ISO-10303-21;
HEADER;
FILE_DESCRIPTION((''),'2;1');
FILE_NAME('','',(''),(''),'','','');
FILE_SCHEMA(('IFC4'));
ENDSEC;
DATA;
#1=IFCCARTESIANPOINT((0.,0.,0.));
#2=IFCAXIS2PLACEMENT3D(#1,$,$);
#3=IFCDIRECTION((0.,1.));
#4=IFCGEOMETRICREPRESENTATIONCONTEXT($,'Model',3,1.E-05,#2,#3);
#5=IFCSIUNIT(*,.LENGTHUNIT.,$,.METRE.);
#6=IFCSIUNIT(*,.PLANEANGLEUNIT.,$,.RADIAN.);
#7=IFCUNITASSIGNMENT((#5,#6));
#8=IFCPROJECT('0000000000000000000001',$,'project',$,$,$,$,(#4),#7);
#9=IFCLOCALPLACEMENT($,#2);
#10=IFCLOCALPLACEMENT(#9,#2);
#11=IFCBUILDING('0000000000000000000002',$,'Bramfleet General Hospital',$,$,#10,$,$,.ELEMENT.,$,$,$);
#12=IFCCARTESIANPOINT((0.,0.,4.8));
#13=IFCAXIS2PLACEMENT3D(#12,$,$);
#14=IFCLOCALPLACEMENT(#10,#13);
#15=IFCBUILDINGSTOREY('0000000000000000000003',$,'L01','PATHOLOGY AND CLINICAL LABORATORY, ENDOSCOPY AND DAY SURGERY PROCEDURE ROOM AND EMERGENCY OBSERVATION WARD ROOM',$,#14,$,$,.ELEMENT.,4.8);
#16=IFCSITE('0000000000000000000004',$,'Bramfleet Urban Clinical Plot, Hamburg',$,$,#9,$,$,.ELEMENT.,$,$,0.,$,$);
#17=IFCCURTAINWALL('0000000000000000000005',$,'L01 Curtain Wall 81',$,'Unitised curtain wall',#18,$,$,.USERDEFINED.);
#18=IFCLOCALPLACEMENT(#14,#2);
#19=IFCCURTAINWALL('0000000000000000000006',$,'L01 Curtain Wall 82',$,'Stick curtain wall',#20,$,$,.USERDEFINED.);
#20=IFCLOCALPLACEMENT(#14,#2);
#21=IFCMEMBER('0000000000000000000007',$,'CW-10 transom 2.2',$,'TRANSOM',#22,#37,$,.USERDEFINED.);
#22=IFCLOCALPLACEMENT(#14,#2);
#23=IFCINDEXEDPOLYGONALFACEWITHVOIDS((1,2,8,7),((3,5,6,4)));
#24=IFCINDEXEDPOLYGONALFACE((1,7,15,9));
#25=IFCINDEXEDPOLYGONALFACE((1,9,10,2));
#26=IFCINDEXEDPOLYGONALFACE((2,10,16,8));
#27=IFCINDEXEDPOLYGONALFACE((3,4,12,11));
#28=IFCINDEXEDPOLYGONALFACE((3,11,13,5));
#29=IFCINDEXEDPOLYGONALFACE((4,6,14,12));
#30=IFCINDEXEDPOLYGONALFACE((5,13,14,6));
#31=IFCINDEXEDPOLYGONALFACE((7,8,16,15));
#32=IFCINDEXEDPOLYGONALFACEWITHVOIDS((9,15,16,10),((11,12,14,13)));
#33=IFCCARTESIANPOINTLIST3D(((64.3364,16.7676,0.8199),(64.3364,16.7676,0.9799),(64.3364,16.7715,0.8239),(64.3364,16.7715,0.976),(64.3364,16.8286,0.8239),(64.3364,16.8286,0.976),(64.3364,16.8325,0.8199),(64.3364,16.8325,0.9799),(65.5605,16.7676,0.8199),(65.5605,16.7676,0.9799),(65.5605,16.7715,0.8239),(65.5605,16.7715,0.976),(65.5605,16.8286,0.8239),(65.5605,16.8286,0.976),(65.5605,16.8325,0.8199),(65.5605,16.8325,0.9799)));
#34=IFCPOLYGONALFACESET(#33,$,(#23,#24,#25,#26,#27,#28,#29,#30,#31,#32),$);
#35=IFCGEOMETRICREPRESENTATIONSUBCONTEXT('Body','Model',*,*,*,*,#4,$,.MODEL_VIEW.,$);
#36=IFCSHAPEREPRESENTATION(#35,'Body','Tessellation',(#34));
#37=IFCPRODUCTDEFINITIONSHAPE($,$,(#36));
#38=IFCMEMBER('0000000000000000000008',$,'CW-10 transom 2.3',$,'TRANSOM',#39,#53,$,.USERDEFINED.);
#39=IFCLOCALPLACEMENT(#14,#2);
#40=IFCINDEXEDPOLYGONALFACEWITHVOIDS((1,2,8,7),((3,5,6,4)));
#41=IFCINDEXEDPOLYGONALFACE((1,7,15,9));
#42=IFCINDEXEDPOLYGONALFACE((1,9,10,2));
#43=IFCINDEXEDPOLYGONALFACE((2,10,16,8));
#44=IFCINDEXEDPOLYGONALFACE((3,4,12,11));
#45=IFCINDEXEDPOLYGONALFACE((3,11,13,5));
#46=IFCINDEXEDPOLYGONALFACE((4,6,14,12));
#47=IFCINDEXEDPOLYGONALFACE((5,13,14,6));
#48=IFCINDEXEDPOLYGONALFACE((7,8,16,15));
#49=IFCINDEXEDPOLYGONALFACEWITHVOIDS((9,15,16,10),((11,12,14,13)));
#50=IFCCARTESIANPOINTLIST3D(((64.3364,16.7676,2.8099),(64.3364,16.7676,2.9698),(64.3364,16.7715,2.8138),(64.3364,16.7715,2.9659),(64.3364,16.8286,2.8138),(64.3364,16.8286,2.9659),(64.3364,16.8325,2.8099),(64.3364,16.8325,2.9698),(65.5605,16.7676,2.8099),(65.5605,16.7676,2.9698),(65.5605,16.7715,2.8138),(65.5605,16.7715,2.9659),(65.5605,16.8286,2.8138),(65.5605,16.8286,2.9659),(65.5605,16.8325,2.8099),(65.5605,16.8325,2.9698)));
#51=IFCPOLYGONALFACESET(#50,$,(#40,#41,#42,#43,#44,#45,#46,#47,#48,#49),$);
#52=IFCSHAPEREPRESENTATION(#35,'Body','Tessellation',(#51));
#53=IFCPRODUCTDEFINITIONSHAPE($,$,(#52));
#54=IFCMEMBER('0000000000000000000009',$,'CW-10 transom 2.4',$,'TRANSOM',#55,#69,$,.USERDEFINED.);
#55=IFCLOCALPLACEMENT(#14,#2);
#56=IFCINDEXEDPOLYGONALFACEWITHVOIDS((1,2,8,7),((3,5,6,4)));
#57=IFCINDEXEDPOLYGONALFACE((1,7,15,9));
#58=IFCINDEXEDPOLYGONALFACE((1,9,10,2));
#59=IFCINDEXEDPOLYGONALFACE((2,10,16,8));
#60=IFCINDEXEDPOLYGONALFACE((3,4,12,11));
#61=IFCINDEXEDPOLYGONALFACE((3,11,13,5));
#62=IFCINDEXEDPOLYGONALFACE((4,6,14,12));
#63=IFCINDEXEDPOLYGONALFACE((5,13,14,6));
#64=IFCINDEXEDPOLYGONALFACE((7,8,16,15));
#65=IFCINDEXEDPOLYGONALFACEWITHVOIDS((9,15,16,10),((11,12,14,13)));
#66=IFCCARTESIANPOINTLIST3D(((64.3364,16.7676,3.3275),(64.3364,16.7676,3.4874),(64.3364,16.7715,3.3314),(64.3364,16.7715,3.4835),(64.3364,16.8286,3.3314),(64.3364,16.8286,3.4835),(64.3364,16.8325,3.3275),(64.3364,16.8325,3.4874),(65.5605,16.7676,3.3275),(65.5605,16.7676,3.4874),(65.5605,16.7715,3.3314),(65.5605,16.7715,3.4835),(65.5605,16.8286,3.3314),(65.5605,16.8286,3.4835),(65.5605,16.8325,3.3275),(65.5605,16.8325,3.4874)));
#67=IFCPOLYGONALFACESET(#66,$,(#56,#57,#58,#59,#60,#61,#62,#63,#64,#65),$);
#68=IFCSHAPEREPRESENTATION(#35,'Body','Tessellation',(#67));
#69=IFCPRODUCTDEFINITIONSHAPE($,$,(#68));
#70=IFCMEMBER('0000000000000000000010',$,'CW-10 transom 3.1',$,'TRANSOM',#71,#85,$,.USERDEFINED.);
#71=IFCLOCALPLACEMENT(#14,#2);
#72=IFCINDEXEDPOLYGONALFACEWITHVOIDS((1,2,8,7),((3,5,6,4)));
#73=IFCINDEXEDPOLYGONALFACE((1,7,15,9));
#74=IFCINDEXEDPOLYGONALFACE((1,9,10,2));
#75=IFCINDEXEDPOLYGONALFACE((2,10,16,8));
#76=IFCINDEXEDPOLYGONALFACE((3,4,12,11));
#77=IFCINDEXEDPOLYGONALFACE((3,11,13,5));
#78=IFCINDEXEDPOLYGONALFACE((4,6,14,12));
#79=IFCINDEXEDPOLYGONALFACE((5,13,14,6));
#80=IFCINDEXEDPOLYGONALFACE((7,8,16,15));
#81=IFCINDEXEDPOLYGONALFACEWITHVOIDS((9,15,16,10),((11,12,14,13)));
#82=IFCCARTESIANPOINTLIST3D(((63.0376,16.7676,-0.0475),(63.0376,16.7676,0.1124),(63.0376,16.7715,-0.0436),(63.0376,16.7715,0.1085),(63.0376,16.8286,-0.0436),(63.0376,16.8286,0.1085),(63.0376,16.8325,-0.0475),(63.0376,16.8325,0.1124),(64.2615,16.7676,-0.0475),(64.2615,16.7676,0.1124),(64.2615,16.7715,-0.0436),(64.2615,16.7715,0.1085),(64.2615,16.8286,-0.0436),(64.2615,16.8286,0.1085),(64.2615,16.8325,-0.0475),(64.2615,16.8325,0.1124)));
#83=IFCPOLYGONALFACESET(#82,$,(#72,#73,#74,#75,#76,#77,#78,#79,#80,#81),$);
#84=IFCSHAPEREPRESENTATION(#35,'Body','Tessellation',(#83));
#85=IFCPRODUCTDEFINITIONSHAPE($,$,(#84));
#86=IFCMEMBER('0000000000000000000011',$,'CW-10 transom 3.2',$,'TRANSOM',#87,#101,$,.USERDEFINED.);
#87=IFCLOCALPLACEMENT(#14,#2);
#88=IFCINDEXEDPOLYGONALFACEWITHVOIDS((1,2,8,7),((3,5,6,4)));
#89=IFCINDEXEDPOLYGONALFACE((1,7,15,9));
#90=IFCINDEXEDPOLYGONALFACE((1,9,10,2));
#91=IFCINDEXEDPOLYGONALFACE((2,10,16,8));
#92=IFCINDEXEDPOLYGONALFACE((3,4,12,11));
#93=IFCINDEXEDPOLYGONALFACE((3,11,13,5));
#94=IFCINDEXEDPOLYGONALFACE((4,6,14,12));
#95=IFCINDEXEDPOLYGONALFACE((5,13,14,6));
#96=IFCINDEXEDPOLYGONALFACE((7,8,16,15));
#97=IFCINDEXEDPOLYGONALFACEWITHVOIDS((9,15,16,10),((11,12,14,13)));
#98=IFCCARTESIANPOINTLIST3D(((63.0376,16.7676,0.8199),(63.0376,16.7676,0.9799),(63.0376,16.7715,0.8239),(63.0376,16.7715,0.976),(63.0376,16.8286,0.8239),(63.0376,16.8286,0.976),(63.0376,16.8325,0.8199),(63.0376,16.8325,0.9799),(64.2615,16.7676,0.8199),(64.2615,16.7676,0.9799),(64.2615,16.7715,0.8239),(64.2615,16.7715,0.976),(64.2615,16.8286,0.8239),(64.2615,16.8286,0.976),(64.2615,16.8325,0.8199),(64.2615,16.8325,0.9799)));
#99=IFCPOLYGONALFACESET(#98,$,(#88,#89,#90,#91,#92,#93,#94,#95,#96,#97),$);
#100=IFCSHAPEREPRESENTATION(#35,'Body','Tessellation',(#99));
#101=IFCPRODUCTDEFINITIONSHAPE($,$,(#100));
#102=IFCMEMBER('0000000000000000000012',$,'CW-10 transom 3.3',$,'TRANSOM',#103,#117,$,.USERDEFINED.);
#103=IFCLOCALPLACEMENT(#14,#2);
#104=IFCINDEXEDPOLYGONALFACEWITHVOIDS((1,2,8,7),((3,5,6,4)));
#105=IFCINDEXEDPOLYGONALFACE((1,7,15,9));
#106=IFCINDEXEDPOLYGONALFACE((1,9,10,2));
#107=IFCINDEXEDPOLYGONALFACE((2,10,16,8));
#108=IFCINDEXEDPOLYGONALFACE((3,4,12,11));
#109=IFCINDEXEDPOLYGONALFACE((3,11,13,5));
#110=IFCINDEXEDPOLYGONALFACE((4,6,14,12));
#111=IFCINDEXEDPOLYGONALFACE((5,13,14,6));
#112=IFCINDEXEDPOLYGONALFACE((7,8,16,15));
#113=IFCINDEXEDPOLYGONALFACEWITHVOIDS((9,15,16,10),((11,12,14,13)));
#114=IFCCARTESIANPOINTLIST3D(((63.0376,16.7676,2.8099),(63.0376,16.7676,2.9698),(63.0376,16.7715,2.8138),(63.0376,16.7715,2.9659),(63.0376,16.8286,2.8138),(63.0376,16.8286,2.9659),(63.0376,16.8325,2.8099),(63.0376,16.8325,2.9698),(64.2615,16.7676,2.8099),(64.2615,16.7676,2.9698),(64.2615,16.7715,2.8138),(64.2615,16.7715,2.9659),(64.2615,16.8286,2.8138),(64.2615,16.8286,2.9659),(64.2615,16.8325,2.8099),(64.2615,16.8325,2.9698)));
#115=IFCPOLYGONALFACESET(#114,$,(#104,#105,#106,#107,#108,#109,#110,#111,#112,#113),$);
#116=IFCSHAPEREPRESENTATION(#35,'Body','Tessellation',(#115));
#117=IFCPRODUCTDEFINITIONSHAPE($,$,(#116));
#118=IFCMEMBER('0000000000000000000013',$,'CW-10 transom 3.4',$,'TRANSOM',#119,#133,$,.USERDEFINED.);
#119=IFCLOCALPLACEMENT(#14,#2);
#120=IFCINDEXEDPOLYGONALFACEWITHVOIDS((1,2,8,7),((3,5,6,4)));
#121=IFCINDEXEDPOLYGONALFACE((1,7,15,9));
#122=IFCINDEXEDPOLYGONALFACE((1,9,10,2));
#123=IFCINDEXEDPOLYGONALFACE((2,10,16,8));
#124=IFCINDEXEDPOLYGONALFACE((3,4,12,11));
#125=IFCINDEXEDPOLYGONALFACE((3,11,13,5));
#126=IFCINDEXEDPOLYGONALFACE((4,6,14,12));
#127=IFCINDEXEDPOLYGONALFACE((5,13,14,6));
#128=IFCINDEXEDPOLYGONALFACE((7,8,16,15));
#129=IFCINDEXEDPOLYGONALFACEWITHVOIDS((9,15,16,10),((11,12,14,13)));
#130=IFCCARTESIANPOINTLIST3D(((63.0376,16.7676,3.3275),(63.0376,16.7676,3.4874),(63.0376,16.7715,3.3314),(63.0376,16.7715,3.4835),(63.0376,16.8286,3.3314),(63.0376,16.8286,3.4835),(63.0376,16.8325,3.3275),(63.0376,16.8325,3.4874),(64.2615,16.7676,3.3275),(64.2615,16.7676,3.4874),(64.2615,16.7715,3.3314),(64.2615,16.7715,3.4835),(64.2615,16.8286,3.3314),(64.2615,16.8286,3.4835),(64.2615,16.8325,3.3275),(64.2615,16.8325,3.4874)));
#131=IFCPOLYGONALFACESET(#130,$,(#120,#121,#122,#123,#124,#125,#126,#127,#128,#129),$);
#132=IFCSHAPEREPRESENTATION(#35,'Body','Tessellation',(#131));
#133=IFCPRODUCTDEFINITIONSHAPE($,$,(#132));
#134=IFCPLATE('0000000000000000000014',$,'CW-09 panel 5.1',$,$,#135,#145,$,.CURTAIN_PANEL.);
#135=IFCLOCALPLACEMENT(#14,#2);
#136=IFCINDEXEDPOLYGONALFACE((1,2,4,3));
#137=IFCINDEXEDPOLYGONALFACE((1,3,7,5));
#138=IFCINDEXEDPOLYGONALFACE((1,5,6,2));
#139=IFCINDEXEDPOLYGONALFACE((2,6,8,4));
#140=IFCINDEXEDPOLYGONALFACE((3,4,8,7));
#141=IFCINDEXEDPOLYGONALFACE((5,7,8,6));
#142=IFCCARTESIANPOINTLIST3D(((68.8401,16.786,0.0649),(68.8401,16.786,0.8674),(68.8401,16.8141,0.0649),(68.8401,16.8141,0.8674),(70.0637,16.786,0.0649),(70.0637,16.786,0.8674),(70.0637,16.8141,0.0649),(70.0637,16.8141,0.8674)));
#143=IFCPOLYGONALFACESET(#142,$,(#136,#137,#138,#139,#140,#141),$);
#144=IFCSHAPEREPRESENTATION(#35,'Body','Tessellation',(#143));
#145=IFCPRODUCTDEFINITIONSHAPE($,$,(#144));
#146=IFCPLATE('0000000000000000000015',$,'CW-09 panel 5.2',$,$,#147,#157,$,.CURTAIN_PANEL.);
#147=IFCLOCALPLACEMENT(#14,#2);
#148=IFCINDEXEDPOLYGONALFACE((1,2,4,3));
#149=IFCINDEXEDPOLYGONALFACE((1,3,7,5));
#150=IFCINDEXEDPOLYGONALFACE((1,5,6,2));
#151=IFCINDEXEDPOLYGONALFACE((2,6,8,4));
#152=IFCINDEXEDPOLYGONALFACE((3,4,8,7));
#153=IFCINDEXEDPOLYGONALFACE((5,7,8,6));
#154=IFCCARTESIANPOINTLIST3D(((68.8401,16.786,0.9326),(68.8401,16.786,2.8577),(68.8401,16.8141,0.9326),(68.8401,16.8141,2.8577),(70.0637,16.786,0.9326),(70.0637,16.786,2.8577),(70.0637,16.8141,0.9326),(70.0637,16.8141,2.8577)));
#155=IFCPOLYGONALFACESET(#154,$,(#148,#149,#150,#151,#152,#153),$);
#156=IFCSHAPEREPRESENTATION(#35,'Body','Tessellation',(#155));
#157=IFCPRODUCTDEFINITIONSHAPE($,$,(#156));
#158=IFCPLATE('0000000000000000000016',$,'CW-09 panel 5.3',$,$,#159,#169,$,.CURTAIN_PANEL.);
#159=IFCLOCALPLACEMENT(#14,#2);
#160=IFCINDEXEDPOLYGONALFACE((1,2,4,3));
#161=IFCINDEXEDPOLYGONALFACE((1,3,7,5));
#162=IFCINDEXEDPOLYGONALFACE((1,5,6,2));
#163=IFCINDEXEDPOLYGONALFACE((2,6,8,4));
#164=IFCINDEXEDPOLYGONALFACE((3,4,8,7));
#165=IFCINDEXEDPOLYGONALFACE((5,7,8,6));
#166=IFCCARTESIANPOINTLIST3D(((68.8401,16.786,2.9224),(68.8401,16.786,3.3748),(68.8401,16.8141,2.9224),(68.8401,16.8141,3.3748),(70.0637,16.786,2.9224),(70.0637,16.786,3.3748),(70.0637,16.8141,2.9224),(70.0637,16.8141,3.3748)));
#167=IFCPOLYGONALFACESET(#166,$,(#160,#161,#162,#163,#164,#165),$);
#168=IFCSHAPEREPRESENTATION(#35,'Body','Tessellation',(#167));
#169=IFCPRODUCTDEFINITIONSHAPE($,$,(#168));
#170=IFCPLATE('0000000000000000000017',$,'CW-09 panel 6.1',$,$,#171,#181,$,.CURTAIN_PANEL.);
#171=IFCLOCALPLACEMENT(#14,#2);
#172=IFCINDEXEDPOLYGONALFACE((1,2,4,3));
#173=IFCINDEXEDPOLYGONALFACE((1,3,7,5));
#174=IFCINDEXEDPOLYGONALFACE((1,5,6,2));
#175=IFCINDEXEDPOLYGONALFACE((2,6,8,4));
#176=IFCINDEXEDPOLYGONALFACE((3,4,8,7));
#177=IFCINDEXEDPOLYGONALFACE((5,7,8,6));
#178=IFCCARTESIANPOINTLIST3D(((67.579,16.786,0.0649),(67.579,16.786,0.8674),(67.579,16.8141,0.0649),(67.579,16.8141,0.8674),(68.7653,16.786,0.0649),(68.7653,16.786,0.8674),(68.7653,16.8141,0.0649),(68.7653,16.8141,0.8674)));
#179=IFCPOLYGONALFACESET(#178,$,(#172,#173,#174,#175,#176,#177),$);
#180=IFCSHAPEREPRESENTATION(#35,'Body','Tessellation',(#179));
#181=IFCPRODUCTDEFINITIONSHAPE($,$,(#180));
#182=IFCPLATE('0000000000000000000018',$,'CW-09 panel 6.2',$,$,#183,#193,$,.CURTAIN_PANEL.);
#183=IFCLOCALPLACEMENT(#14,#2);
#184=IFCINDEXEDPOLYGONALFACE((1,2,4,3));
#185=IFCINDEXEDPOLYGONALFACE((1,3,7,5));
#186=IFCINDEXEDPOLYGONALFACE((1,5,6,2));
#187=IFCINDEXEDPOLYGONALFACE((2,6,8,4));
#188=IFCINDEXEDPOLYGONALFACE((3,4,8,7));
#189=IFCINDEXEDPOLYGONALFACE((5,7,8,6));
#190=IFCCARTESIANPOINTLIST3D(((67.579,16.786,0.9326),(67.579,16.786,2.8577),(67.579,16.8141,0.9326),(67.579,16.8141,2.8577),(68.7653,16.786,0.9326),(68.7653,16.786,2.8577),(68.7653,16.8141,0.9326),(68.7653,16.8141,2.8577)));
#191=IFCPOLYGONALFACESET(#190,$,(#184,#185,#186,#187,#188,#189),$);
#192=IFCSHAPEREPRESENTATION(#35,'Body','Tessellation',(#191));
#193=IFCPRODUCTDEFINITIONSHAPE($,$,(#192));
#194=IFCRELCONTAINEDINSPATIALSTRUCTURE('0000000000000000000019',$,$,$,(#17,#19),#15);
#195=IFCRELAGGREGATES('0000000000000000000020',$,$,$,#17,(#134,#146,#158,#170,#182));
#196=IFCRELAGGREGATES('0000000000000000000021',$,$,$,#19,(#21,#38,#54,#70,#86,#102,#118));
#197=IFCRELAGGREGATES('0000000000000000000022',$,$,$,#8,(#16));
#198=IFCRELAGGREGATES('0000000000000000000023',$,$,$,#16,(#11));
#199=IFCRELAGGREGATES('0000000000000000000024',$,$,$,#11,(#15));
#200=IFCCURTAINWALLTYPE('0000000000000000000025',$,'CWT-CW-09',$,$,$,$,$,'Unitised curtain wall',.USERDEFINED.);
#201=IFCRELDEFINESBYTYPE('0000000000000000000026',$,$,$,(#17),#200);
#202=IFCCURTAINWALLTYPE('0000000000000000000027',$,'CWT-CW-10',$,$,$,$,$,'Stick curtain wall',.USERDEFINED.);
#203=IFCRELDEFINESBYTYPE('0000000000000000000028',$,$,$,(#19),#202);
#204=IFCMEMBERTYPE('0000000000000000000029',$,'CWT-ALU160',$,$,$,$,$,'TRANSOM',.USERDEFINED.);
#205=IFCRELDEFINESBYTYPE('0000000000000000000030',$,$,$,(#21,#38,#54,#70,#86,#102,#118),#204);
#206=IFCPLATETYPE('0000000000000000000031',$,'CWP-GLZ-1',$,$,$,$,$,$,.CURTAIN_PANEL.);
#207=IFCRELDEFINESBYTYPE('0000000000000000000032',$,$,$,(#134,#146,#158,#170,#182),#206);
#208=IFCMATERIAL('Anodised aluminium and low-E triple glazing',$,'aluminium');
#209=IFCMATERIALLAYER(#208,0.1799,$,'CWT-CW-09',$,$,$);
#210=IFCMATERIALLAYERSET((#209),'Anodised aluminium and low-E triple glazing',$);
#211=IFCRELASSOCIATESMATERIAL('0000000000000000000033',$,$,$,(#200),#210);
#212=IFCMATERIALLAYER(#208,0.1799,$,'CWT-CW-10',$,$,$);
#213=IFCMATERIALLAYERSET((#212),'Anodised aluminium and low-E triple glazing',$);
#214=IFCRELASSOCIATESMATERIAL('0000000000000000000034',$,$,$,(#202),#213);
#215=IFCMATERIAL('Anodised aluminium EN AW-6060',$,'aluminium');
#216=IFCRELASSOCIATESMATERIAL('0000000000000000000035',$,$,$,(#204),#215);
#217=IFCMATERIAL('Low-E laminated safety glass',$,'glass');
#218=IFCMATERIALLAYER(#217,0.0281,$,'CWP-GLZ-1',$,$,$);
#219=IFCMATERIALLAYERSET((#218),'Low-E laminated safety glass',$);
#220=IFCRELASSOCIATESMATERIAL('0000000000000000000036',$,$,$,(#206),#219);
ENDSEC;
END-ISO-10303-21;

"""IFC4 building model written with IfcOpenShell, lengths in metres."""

from ifc_helpers import new_model, si_unit, direction, frame, origin, origin_2d, place, context, subcontext, project, spatial, rectangle, hollow_rectangle, extrude, material, layer, layer_set, material_profile, profile_set, type_object, element, aggregate, save


model = new_model("IFC4")

# Units and contexts
model_context = context("Model", 3, precision=1e-05, world=origin(), true_north=direction((0.0, 1.0)))
body_context = subcontext(model_context, "Body", "Model", "MODEL_VIEW")
ifc_project = project(units=[si_unit("LENGTHUNIT", "METRE"), si_unit("PLANEANGLEUNIT", "RADIAN")], contexts=[model_context])

# Site, building, storey
site_placement = place(None, origin())
site = spatial("IfcSite", under=ifc_project, at=site_placement, Name="Bramfleet Urban Clinical Plot, Hamburg", CompositionType="ELEMENT", RefElevation=0.0)
building_placement = place(site_placement, origin())
building = spatial("IfcBuilding", under=site, at=building_placement, Name="Bramfleet General Hospital", CompositionType="ELEMENT")
storey_placement = place(building_placement, frame((0.0, 0.0, 4.8)))
storey = spatial("IfcBuildingStorey", under=building, at=storey_placement, Name="L01", Description="PATHOLOGY AND CLINICAL LABORATORY, ENDOSCOPY AND DAY SURGERY PROCEDURE ROOM AND EMERGENCY OBSERVATION WARD ROOM", CompositionType="ELEMENT", Elevation=4.8)

# Curtain walls
ifc_material_1 = material(Name="Anodised aluminium and low-E triple glazing", Category="aluminium")
ifc_layer_1 = layer(ifc_material_1, 0.1799, Name="CWT-CW-09")
ifc_layer_set_1 = layer_set([ifc_layer_1], Name="Anodised aluminium and low-E triple glazing")
curtain_wall_type_1 = type_object("IfcCurtainWallType", Name="CWT-CW-09", ElementType="Unitised curtain wall", PredefinedType="USERDEFINED", material=ifc_layer_set_1)
curtain_wall_1_placement = place(storey_placement, origin())
curtain_wall_1 = element("IfcCurtainWall", 1, at=curtain_wall_1_placement, inside=storey, type_object=curtain_wall_type_1, Name="L01 Curtain Wall 81", ObjectType="Unitised curtain wall", PredefinedType="USERDEFINED")
ifc_material_2 = material(Name="Anodised aluminium EN AW-6060", Category="aluminium")
ifc_layer_2 = layer(ifc_material_1, 0.1799, Name="CWT-CW-10")
ifc_layer_set_2 = layer_set([ifc_layer_2], Name="Anodised aluminium and low-E triple glazing")
curtain_wall_type_2 = type_object("IfcCurtainWallType", Name="CWT-CW-10", ElementType="Stick curtain wall", PredefinedType="USERDEFINED", material=ifc_layer_set_2)
curtain_wall_2_placement = place(storey_placement, origin())
curtain_wall_2 = element("IfcCurtainWall", 2, at=curtain_wall_2_placement, inside=storey, type_object=curtain_wall_type_2, Name="L01 Curtain Wall 82", ObjectType="Stick curtain wall", PredefinedType="USERDEFINED")

# Members
ifc_material_profile_1 = material_profile(ifc_material_2, hollow_rectangle(XDim=0.0649, YDim=0.1599, WallThickness=0.0039, at=origin_2d()), Name="ALU 160x65x4.0")
ifc_profile_set_1 = profile_set([ifc_material_profile_1], Name="Anodised aluminium EN AW-6060")
member_type_1 = type_object("IfcMemberType", Name="CWT-ALU160", ElementType="TRANSOM", PredefinedType="USERDEFINED", material=ifc_profile_set_1)
member_1_placement = place(storey_placement, frame((65.5605, 16.8, 0.8999), z_axis=(-1.0, 0.0, 0.0), x_axis=(0.0, -1.0, 0.0)))
member_1 = element("IfcMember", 3, at=member_1_placement, type_object=member_type_1, Name="CW-10 transom 2.2", ObjectType="TRANSOM", PredefinedType="USERDEFINED", context=body_context, shape_type="SweptSolid", body=[
    extrude(hollow_rectangle(XDim=0.0649, YDim=0.1599, WallThickness=0.0039, at=origin_2d()), origin(), (0.0, 0.0, 1.0), 1.2241),
])
member_2_placement = place(storey_placement, frame((65.5605, 16.8, 2.8899), z_axis=(-1.0, 0.0, 0.0), x_axis=(0.0, -1.0, 0.0)))
member_2 = element("IfcMember", 4, at=member_2_placement, type_object=member_type_1, Name="CW-10 transom 2.3", ObjectType="TRANSOM", PredefinedType="USERDEFINED", context=body_context, shape_type="SweptSolid", body=[
    extrude(hollow_rectangle(XDim=0.0649, YDim=0.1599, WallThickness=0.0039, at=origin_2d()), origin(), (0.0, 0.0, 1.0), 1.2241),
])
member_3_placement = place(storey_placement, frame((65.5605, 16.8, 3.4075), z_axis=(-1.0, 0.0, 0.0), x_axis=(0.0, -1.0, 0.0)))
member_3 = element("IfcMember", 5, at=member_3_placement, type_object=member_type_1, Name="CW-10 transom 2.4", ObjectType="TRANSOM", PredefinedType="USERDEFINED", context=body_context, shape_type="SweptSolid", body=[
    extrude(hollow_rectangle(XDim=0.0649, YDim=0.1599, WallThickness=0.0039, at=origin_2d()), origin(), (0.0, 0.0, 1.0), 1.2241),
])
member_4_placement = place(storey_placement, frame((64.2615, 16.8, 0.0325), z_axis=(-1.0, 0.0, 0.0), x_axis=(0.0, -1.0, 0.0)))
member_4 = element("IfcMember", 6, at=member_4_placement, type_object=member_type_1, Name="CW-10 transom 3.1", ObjectType="TRANSOM", PredefinedType="USERDEFINED", context=body_context, shape_type="SweptSolid", body=[
    extrude(hollow_rectangle(XDim=0.0649, YDim=0.1599, WallThickness=0.0039, at=origin_2d()), origin(), (0.0, 0.0, 1.0), 1.2239),
])
member_5_placement = place(storey_placement, frame((64.2615, 16.8, 0.8999), z_axis=(-1.0, 0.0, 0.0), x_axis=(0.0, -1.0, 0.0)))
member_5 = element("IfcMember", 7, at=member_5_placement, type_object=member_type_1, Name="CW-10 transom 3.2", ObjectType="TRANSOM", PredefinedType="USERDEFINED", context=body_context, shape_type="SweptSolid", body=[
    extrude(hollow_rectangle(XDim=0.0649, YDim=0.1599, WallThickness=0.0039, at=origin_2d()), origin(), (0.0, 0.0, 1.0), 1.2239),
])
member_6_placement = place(storey_placement, frame((64.2615, 16.8, 2.8899), z_axis=(-1.0, 0.0, 0.0), x_axis=(0.0, -1.0, 0.0)))
member_6 = element("IfcMember", 8, at=member_6_placement, type_object=member_type_1, Name="CW-10 transom 3.3", ObjectType="TRANSOM", PredefinedType="USERDEFINED", context=body_context, shape_type="SweptSolid", body=[
    extrude(hollow_rectangle(XDim=0.0649, YDim=0.1599, WallThickness=0.0039, at=origin_2d()), origin(), (0.0, 0.0, 1.0), 1.2239),
])
member_7_placement = place(storey_placement, frame((64.2615, 16.8, 3.4075), z_axis=(-1.0, 0.0, 0.0), x_axis=(0.0, -1.0, 0.0)))
member_7 = element("IfcMember", 9, at=member_7_placement, type_object=member_type_1, Name="CW-10 transom 3.4", ObjectType="TRANSOM", PredefinedType="USERDEFINED", context=body_context, shape_type="SweptSolid", body=[
    extrude(hollow_rectangle(XDim=0.0649, YDim=0.1599, WallThickness=0.0039, at=origin_2d()), origin(), (0.0, 0.0, 1.0), 1.2239),
])

# Plates
ifc_material_3 = material(Name="Low-E laminated safety glass", Category="glass")
ifc_layer_3 = layer(ifc_material_3, 0.0281, Name="CWP-GLZ-1")
ifc_layer_set_3 = layer_set([ifc_layer_3], Name="Low-E laminated safety glass")
plate_type_1 = type_object("IfcPlateType", Name="CWP-GLZ-1", PredefinedType="CURTAIN_PANEL", material=ifc_layer_set_3)
plate_1_placement = place(storey_placement, frame((69.4519, 16.8, 0.0649), z_axis=(0.0, 0.0, 1.0), x_axis=(-1.0, 0.0, 0.0)))
plate_1 = element("IfcPlate", 10, at=plate_1_placement, type_object=plate_type_1, Name="CW-09 panel 5.1", PredefinedType="CURTAIN_PANEL", context=body_context, shape_type="SweptSolid", body=[
    extrude(rectangle(XDim=1.2236, YDim=0.0281, at=origin_2d()), origin(), (0.0, 0.0, 1.0), 0.8025),
])
plate_2_placement = place(storey_placement, frame((69.4519, 16.8, 0.9326), z_axis=(0.0, 0.0, 1.0), x_axis=(-1.0, 0.0, 0.0)))
plate_2 = element("IfcPlate", 11, at=plate_2_placement, type_object=plate_type_1, Name="CW-09 panel 5.2", PredefinedType="CURTAIN_PANEL", context=body_context, shape_type="SweptSolid", body=[
    extrude(rectangle(XDim=1.2236, YDim=0.0281, at=origin_2d()), origin(), (0.0, 0.0, 1.0), 1.925),
])
plate_3_placement = place(storey_placement, frame((69.4519, 16.8, 2.9224), z_axis=(0.0, 0.0, 1.0), x_axis=(-1.0, 0.0, 0.0)))
plate_3 = element("IfcPlate", 12, at=plate_3_placement, type_object=plate_type_1, Name="CW-09 panel 5.3", PredefinedType="CURTAIN_PANEL", context=body_context, shape_type="SweptSolid", body=[
    extrude(rectangle(XDim=1.2236, YDim=0.0281, at=origin_2d()), origin(), (0.0, 0.0, 1.0), 0.4524),
])
plate_4_placement = place(storey_placement, frame((68.1721, 16.8, 0.0649), z_axis=(0.0, 0.0, 1.0), x_axis=(-1.0, 0.0, 0.0)))
plate_4 = element("IfcPlate", 13, at=plate_4_placement, type_object=plate_type_1, Name="CW-09 panel 6.1", PredefinedType="CURTAIN_PANEL", context=body_context, shape_type="SweptSolid", body=[
    extrude(rectangle(XDim=1.1863, YDim=0.0281, at=origin_2d()), origin(), (0.0, 0.0, 1.0), 0.8025),
])
plate_5_placement = place(storey_placement, frame((68.1721, 16.8, 0.9326), z_axis=(0.0, 0.0, 1.0), x_axis=(-1.0, 0.0, 0.0)))
plate_5 = element("IfcPlate", 14, at=plate_5_placement, type_object=plate_type_1, Name="CW-09 panel 6.2", PredefinedType="CURTAIN_PANEL", context=body_context, shape_type="SweptSolid", body=[
    extrude(rectangle(XDim=1.1863, YDim=0.0281, at=origin_2d()), origin(), (0.0, 0.0, 1.0), 1.925),
])
aggregate(curtain_wall_1, [plate_1, plate_2, plate_3, plate_4, plate_5])
aggregate(curtain_wall_2, [member_1, member_2, member_3, member_4, member_5, member_6, member_7])

save(model, "model.ifc")
